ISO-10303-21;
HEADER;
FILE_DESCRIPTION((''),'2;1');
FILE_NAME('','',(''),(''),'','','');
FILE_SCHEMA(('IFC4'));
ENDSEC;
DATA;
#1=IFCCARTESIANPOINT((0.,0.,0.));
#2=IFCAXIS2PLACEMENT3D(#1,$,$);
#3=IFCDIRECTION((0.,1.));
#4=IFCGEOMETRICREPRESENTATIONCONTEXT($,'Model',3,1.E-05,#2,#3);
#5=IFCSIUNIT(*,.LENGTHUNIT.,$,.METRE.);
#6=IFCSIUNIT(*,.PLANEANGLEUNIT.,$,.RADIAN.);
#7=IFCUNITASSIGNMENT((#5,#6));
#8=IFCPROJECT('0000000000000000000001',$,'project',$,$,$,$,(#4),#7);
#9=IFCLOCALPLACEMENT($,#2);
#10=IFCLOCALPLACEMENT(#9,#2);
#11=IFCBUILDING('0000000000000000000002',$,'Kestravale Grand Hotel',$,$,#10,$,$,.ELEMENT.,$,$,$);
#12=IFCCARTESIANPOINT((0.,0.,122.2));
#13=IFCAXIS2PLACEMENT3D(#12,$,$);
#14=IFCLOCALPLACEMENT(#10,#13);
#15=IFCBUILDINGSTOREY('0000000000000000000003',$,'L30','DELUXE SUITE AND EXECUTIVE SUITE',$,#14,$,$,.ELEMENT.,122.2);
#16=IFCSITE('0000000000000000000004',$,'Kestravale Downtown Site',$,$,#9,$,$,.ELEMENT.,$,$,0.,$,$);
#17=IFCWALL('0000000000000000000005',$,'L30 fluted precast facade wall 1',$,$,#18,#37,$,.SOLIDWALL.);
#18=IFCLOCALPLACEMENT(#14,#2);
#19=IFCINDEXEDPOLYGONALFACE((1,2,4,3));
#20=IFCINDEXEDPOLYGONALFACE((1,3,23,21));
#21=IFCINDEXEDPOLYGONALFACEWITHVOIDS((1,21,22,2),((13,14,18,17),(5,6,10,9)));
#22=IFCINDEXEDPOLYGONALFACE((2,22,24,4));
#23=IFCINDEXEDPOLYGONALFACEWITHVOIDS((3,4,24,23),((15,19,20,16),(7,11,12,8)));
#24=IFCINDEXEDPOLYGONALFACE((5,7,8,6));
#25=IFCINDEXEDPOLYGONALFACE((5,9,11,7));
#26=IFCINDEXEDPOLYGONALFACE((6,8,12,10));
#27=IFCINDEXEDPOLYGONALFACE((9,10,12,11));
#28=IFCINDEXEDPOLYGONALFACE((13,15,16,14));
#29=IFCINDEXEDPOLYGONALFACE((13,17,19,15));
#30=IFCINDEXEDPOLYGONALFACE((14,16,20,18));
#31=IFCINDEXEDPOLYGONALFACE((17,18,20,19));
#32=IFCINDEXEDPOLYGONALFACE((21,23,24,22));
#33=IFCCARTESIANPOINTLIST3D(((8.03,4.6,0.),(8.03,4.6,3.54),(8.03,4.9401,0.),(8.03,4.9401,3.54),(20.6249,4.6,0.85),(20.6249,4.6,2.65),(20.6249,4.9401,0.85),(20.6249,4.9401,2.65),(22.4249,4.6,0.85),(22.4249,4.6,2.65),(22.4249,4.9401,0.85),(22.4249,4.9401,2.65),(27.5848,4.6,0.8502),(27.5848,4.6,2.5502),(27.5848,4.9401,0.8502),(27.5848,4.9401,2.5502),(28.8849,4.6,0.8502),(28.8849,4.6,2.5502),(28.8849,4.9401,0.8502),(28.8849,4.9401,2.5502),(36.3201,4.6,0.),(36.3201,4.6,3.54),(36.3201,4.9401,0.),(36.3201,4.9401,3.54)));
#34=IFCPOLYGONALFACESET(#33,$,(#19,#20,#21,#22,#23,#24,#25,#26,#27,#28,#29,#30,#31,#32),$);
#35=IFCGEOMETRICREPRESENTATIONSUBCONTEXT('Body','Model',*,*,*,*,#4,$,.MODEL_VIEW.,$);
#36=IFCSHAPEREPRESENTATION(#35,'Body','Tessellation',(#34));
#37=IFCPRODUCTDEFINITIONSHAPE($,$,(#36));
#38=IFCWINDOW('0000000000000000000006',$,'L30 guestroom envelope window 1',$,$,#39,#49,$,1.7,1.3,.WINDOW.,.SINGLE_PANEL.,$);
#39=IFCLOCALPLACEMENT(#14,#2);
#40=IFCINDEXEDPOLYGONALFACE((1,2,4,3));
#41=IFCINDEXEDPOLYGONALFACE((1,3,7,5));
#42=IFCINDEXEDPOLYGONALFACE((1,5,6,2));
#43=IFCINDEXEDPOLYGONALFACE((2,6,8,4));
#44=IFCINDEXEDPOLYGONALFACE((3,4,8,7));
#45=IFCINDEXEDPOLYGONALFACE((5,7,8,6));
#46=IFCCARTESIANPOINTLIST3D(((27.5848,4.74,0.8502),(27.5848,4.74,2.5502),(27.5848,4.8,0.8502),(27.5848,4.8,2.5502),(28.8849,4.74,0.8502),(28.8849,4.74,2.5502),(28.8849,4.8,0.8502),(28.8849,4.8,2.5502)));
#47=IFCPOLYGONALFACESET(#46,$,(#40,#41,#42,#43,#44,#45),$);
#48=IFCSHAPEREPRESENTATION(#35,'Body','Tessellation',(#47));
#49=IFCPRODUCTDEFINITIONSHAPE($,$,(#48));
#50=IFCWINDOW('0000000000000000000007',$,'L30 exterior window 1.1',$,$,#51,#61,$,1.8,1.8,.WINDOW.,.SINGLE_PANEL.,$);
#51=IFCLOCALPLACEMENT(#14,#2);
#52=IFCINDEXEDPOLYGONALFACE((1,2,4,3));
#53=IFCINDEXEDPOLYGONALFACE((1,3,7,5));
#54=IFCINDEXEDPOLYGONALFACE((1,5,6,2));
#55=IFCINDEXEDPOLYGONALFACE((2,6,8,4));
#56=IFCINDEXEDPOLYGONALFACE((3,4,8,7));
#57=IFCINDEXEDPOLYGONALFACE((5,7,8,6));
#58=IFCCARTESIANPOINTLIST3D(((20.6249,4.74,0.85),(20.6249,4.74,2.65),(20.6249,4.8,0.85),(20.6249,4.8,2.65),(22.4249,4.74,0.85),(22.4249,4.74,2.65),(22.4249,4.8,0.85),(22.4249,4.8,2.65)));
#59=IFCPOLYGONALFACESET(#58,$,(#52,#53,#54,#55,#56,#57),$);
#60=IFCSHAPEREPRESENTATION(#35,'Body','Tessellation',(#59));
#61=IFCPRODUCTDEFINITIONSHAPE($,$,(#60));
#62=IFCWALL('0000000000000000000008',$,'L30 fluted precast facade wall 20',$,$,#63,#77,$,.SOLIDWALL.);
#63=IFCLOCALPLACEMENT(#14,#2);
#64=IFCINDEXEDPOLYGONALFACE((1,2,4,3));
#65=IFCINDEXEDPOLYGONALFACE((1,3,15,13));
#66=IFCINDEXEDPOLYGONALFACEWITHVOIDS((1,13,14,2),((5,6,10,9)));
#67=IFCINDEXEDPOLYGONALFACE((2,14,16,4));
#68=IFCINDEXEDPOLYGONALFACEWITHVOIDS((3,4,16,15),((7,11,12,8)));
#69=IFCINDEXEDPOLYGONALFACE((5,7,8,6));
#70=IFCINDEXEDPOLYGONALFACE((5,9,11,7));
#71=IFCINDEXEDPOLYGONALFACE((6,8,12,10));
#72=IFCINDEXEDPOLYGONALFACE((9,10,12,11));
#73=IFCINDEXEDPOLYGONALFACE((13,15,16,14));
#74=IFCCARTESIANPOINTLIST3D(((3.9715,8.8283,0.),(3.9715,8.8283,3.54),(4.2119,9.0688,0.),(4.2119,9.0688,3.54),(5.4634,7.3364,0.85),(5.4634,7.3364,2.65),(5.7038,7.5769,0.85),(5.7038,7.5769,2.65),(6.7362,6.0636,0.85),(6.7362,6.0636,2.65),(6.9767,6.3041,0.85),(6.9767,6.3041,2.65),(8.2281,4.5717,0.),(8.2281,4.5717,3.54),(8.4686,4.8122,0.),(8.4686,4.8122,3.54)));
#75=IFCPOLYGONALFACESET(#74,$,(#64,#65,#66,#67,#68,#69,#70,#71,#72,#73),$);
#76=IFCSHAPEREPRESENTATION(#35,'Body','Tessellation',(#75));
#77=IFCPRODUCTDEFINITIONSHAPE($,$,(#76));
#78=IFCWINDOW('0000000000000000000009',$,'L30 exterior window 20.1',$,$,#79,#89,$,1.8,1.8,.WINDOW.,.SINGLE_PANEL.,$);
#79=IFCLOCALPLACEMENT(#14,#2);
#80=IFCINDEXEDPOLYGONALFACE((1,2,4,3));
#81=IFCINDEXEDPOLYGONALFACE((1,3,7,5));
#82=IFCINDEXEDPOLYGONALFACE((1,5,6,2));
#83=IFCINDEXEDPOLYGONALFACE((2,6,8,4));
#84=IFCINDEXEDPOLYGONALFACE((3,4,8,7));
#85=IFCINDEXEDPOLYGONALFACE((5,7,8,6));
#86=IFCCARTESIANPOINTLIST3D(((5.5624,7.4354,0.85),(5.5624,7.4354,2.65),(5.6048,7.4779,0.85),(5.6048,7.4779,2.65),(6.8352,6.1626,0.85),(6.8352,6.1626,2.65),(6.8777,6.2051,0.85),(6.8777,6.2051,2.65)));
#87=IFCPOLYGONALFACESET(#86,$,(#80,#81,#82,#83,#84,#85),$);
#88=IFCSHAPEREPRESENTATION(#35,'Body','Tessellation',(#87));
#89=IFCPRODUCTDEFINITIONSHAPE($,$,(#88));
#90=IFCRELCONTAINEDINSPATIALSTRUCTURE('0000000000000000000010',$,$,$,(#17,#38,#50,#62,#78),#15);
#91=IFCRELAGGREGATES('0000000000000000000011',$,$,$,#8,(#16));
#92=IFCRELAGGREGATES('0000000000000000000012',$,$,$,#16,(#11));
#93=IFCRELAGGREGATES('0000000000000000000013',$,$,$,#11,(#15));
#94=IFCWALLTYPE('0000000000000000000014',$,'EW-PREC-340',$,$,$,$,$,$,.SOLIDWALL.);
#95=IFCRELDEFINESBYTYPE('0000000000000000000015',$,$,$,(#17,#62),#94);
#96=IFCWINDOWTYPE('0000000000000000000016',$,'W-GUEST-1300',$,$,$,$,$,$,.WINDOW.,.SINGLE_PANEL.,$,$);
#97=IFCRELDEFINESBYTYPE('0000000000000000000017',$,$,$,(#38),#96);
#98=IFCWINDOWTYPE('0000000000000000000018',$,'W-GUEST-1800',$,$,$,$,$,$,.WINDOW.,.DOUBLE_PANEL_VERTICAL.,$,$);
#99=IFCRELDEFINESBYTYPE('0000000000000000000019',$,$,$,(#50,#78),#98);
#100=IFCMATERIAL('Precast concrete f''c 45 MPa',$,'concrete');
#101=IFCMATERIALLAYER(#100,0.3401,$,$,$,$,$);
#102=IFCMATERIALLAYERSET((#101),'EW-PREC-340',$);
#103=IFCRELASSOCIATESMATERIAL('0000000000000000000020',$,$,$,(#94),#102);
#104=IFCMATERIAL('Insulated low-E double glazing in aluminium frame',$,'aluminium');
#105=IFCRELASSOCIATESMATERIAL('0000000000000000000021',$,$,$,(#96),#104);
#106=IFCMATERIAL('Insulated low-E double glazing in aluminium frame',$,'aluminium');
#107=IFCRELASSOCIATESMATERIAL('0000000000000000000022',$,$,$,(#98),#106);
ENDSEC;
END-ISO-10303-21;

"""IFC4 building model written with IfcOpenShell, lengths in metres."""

from ifc_helpers import new_model, si_unit, direction, frame, frame_2d, origin, place, context, subcontext, project, spatial, rectangle, extrude, material, layer, layer_set, type_object, element, fill, save


model = new_model("IFC4")

# Units and contexts
model_context = context("Model", 3, precision=1e-05, world=origin(), true_north=direction((0.0, 1.0)))
body_context = subcontext(model_context, "Body", "Model", "MODEL_VIEW")
ifc_project = project(units=[si_unit("LENGTHUNIT", "METRE"), si_unit("PLANEANGLEUNIT", "RADIAN")], contexts=[model_context])

# Site, building, storey
site_placement = place(None, origin())
site = spatial("IfcSite", under=ifc_project, at=site_placement, Name="Kestravale Downtown Site", CompositionType="ELEMENT", RefElevation=0.0)
building_placement = place(site_placement, origin())
building = spatial("IfcBuilding", under=site, at=building_placement, Name="Kestravale Grand Hotel", CompositionType="ELEMENT")
storey_placement = place(building_placement, frame((0.0, 0.0, 122.2)))
storey = spatial("IfcBuildingStorey", under=building, at=storey_placement, Name="L30", Description="DELUXE SUITE AND EXECUTIVE SUITE", CompositionType="ELEMENT", Elevation=122.2)

# Wall, openings, windows
ifc_material_1 = material(Name="Precast concrete f'c 45 MPa", Category="concrete")
ifc_layer_1 = layer(ifc_material_1, 0.3401)
ifc_layer_set_1 = layer_set([ifc_layer_1], Name="EW-PREC-340")
wall_type_1 = type_object("IfcWallType", Name="EW-PREC-340", PredefinedType="SOLIDWALL", material=ifc_layer_set_1)
wall_1_placement = place(storey_placement, frame((8.03, 4.77, 0.0), z_axis=(0.0, 0.0, 1.0), x_axis=(1.0, 0.0, 0.0)))
wall_1 = element("IfcWall", 1, at=wall_1_placement, inside=storey, type_object=wall_type_1, Name="L30 fluted precast facade wall 1", PredefinedType="SOLIDWALL", context=body_context, shape_type="SweptSolid", body=[
    extrude(rectangle(XDim=28.29, YDim=0.3401, at=frame_2d((14.145, 0.0))), origin(), (0.0, 0.0, 1.0), 3.54),
])
opening_1_placement = place(wall_1_placement, frame((12.595, 0.0, 0.8501)))
opening_1 = element("IfcOpeningElement", 2, at=opening_1_placement, cuts=wall_1, PredefinedType="OPENING", context=body_context, shape_type="SweptSolid", body=[
    extrude(rectangle(XDim=1.8, YDim=1.8, at=frame_2d((0.8999, 0.8999))), frame((0.0, 0.1799, 0.0), z_axis=(0.0, -1.0, 0.0), x_axis=(1.0, 0.0, 0.0)), (0.0, 0.0, 1.0), 0.3601),
])
opening_2_placement = place(wall_1_placement, frame((19.5549, 0.0, 0.8501)))
opening_2 = element("IfcOpeningElement", 3, at=opening_2_placement, cuts=wall_1, PredefinedType="OPENING", context=body_context, shape_type="SweptSolid", body=[
    extrude(rectangle(XDim=1.3, YDim=1.7, at=frame_2d((0.6499, 0.8501))), frame((0.0, 0.1799, 0.0), z_axis=(0.0, -1.0, 0.0), x_axis=(1.0, 0.0, 0.0)), (0.0, 0.0, 1.0), 0.3601),
])
ifc_material_2 = material(Name="Insulated low-E double glazing in aluminium frame", Category="aluminium")
window_type_1 = type_object("IfcWindowType", Name="W-GUEST-1300", PartitioningType="SINGLE_PANEL", PredefinedType="WINDOW", material=ifc_material_2)
window_1_placement = place(opening_2_placement, origin())
window_1 = element("IfcWindow", 4, at=window_1_placement, inside=storey, type_object=window_type_1, Name="L30 guestroom envelope window 1", OverallHeight=1.7, OverallWidth=1.3, PartitioningType="SINGLE_PANEL", PredefinedType="WINDOW", context=body_context, shape_type="SweptSolid", body=[
    extrude(rectangle(XDim=1.3, YDim=1.7, at=frame_2d((0.6499, 0.8501))), frame((0.0, 0.03, 0.0), z_axis=(0.0, -1.0, 0.0), x_axis=(1.0, 0.0, 0.0)), (0.0, 0.0, 1.0), 0.0601),
])
fill(opening_2, window_1)
ifc_material_3 = material(Name="Insulated low-E double glazing in aluminium frame", Category="aluminium")
window_type_2 = type_object("IfcWindowType", Name="W-GUEST-1800", PartitioningType="DOUBLE_PANEL_VERTICAL", PredefinedType="WINDOW", material=ifc_material_3)
window_2_placement = place(opening_1_placement, origin())
window_2 = element("IfcWindow", 5, at=window_2_placement, inside=storey, type_object=window_type_2, Name="L30 exterior window 1.1", OverallHeight=1.8, OverallWidth=1.8, PartitioningType="SINGLE_PANEL", PredefinedType="WINDOW", context=body_context, shape_type="SweptSolid", body=[
    extrude(rectangle(XDim=1.8, YDim=1.8, at=frame_2d((0.8999, 0.8999))), frame((0.0, 0.03, 0.0), z_axis=(0.0, -1.0, 0.0), x_axis=(1.0, 0.0, 0.0)), (0.0, 0.0, 1.0), 0.0601),
])
fill(opening_1, window_2)

# Wall, opening, window
wall_2_placement = place(storey_placement, frame((4.0918, 8.9485, 0.0), z_axis=(0.0, 0.0, 1.0), x_axis=(0.707107, -0.707107, 0.0)))
wall_2 = element("IfcWall", 6, at=wall_2_placement, inside=storey, type_object=wall_type_1, Name="L30 fluted precast facade wall 20", PredefinedType="SOLIDWALL", context=body_context, shape_type="SweptSolid", body=[
    extrude(rectangle(XDim=6.0198, YDim=0.3401, at=frame_2d((3.0098, 0.0))), origin(), (0.0, 0.0, 1.0), 3.54),
])
opening_3_placement = place(wall_2_placement, frame((2.1099, 0.0, 0.8501)))
opening_3 = element("IfcOpeningElement", 7, at=opening_3_placement, cuts=wall_2, PredefinedType="OPENING", context=body_context, shape_type="SweptSolid", body=[
    extrude(rectangle(XDim=1.8, YDim=1.8, at=frame_2d((0.8999, 0.8999))), frame((0.0, 0.1799, 0.0), z_axis=(0.0, -1.0, 0.0), x_axis=(1.0, 0.0, 0.0)), (0.0, 0.0, 1.0), 0.3601),
])
window_3_placement = place(opening_3_placement, origin())
window_3 = element("IfcWindow", 8, at=window_3_placement, inside=storey, type_object=window_type_2, Name="L30 exterior window 20.1", OverallHeight=1.8, OverallWidth=1.8, PartitioningType="SINGLE_PANEL", PredefinedType="WINDOW", context=body_context, shape_type="SweptSolid", body=[
    extrude(rectangle(XDim=1.8, YDim=1.8, at=frame_2d((0.8999, 0.8999))), frame((0.0, 0.03, 0.0), z_axis=(0.0, -1.0, 0.0), x_axis=(1.0, 0.0, 0.0)), (0.0, 0.0, 1.0), 0.0601),
])
fill(opening_3, window_3)

save(model, "model.ifc")
